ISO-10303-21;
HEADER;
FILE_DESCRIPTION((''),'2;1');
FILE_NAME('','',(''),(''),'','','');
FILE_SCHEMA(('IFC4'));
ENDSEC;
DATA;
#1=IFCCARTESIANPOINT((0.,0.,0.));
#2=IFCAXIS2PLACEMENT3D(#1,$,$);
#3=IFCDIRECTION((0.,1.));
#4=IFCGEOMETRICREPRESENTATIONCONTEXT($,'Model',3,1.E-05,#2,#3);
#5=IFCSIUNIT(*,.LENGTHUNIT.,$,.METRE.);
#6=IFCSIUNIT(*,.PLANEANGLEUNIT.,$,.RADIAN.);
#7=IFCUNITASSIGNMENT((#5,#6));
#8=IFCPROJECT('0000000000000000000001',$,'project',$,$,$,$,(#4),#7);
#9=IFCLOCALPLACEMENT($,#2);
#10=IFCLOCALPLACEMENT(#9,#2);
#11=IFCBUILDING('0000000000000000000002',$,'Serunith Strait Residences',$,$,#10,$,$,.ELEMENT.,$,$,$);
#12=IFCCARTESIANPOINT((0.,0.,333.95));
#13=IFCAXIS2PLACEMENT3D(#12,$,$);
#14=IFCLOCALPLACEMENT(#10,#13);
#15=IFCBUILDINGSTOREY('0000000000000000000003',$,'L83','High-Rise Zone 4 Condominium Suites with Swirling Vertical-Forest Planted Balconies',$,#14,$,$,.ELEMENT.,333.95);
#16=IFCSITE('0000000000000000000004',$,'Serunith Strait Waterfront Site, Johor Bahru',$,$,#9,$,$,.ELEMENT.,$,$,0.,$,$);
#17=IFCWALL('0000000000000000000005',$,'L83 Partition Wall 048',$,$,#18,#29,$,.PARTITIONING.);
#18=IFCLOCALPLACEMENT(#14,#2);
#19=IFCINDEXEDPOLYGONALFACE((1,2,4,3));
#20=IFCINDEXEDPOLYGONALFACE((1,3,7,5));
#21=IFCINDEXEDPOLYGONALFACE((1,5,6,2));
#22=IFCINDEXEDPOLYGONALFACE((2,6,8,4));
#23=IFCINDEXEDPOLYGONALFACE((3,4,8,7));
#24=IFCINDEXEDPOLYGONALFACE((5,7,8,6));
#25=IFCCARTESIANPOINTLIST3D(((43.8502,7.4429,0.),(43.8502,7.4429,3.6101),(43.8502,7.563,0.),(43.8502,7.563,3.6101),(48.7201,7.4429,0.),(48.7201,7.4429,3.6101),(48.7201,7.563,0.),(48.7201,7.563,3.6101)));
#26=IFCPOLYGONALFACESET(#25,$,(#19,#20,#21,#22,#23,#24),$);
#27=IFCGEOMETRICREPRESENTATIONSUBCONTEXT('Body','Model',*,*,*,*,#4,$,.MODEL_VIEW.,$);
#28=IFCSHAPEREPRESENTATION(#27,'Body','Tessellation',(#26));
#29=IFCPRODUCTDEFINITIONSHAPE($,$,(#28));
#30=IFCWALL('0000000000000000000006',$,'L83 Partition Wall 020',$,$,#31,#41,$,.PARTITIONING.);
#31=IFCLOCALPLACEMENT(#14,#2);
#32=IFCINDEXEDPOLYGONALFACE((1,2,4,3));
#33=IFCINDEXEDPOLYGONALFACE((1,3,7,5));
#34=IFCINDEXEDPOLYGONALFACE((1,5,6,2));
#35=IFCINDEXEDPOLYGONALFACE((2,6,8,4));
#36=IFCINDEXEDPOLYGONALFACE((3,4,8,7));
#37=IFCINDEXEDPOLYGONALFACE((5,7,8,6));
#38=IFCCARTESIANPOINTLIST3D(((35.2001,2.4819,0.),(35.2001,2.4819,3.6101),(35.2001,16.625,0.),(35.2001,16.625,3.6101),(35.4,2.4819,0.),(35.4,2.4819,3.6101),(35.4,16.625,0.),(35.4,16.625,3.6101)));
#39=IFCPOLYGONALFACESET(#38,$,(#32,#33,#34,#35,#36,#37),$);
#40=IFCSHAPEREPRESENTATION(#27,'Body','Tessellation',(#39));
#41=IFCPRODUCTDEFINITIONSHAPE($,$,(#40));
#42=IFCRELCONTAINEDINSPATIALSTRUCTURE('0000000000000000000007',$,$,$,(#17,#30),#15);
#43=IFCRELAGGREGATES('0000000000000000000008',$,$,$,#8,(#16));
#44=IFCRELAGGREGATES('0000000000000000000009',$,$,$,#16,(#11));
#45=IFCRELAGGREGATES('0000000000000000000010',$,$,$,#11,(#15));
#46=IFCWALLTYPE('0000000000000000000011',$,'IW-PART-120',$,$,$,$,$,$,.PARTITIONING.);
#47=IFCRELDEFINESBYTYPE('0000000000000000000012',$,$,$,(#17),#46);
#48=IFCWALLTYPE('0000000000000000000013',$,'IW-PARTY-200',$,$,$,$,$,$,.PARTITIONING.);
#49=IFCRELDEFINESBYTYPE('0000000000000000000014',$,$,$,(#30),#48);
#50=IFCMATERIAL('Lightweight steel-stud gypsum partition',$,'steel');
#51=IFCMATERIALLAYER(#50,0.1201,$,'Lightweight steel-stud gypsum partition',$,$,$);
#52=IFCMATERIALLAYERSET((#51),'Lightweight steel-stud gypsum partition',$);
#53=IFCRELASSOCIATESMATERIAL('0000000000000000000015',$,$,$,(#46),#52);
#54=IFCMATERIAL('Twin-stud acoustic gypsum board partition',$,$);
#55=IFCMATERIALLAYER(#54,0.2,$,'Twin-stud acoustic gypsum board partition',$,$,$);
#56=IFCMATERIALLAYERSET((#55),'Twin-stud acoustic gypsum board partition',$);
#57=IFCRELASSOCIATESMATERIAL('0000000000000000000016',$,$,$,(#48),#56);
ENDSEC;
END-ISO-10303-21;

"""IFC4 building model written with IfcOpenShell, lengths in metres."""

from ifc_helpers import new_model, si_unit, direction, frame, frame_2d, origin, place, context, subcontext, project, spatial, rectangle, extrude, material, layer, layer_set, type_object, element, save


model = new_model("IFC4")

# Units and contexts
model_context = context("Model", 3, precision=1e-05, world=origin(), true_north=direction((0.0, 1.0)))
body_context = subcontext(model_context, "Body", "Model", "MODEL_VIEW")
ifc_project = project(units=[si_unit("LENGTHUNIT", "METRE"), si_unit("PLANEANGLEUNIT", "RADIAN")], contexts=[model_context])

# Site, building, storey
site_placement = place(None, origin())
site = spatial("IfcSite", under=ifc_project, at=site_placement, Name="Serunith Strait Waterfront Site, Johor Bahru", CompositionType="ELEMENT", RefElevation=0.0)
building_placement = place(site_placement, origin())
building = spatial("IfcBuilding", under=site, at=building_placement, Name="Serunith Strait Residences", CompositionType="ELEMENT")
storey_placement = place(building_placement, frame((0.0, 0.0, 333.95)))
storey = spatial("IfcBuildingStorey", under=building, at=storey_placement, Name="L83", Description="High-Rise Zone 4 Condominium Suites with Swirling Vertical-Forest Planted Balconies", CompositionType="ELEMENT", Elevation=333.95)

# Shared definitions
ifc_material_1 = material(Name="Lightweight steel-stud gypsum partition", Category="steel")
ifc_layer_1 = layer(ifc_material_1, 0.1201, Name="Lightweight steel-stud gypsum partition")
ifc_layer_set_1 = layer_set([ifc_layer_1], Name="Lightweight steel-stud gypsum partition")
wall_type_1 = type_object("IfcWallType", Name="IW-PART-120", PredefinedType="PARTITIONING", material=ifc_layer_set_1)

# Walls
wall_1_placement = place(storey_placement, frame((43.8501, 7.5029, 0.0), z_axis=(0.0, 0.0, 1.0), x_axis=(1.0, 0.0, 0.0)))
element("IfcWall", 1, at=wall_1_placement, inside=storey, type_object=wall_type_1, Name="L83 Partition Wall 048", PredefinedType="PARTITIONING", context=body_context, shape_type="SweptSolid", body=[
    extrude(rectangle(XDim=4.8699, YDim=0.1201, at=frame_2d((2.4351, 0.0))), origin(), (0.0, 0.0, 1.0), 3.6101),
])
ifc_material_2 = material(Name="Twin-stud acoustic gypsum board partition")
ifc_layer_2 = layer(ifc_material_2, 0.2, Name="Twin-stud acoustic gypsum board partition")
ifc_layer_set_2 = layer_set([ifc_layer_2], Name="Twin-stud acoustic gypsum board partition")
wall_type_2 = type_object("IfcWallType", Name="IW-PARTY-200", PredefinedType="PARTITIONING", material=ifc_layer_set_2)
wall_2_placement = place(storey_placement, frame((35.3, 2.4819, 0.0), z_axis=(0.0, 0.0, 1.0), x_axis=(0.0, 1.0, 0.0)))
element("IfcWall", 2, at=wall_2_placement, inside=storey, type_object=wall_type_2, Name="L83 Partition Wall 020", PredefinedType="PARTITIONING", context=body_context, shape_type="SweptSolid", body=[
    extrude(rectangle(XDim=14.1431, YDim=0.2, at=frame_2d((7.0715, 0.0))), origin(), (0.0, 0.0, 1.0), 3.6101),
])

save(model, "model.ifc")
